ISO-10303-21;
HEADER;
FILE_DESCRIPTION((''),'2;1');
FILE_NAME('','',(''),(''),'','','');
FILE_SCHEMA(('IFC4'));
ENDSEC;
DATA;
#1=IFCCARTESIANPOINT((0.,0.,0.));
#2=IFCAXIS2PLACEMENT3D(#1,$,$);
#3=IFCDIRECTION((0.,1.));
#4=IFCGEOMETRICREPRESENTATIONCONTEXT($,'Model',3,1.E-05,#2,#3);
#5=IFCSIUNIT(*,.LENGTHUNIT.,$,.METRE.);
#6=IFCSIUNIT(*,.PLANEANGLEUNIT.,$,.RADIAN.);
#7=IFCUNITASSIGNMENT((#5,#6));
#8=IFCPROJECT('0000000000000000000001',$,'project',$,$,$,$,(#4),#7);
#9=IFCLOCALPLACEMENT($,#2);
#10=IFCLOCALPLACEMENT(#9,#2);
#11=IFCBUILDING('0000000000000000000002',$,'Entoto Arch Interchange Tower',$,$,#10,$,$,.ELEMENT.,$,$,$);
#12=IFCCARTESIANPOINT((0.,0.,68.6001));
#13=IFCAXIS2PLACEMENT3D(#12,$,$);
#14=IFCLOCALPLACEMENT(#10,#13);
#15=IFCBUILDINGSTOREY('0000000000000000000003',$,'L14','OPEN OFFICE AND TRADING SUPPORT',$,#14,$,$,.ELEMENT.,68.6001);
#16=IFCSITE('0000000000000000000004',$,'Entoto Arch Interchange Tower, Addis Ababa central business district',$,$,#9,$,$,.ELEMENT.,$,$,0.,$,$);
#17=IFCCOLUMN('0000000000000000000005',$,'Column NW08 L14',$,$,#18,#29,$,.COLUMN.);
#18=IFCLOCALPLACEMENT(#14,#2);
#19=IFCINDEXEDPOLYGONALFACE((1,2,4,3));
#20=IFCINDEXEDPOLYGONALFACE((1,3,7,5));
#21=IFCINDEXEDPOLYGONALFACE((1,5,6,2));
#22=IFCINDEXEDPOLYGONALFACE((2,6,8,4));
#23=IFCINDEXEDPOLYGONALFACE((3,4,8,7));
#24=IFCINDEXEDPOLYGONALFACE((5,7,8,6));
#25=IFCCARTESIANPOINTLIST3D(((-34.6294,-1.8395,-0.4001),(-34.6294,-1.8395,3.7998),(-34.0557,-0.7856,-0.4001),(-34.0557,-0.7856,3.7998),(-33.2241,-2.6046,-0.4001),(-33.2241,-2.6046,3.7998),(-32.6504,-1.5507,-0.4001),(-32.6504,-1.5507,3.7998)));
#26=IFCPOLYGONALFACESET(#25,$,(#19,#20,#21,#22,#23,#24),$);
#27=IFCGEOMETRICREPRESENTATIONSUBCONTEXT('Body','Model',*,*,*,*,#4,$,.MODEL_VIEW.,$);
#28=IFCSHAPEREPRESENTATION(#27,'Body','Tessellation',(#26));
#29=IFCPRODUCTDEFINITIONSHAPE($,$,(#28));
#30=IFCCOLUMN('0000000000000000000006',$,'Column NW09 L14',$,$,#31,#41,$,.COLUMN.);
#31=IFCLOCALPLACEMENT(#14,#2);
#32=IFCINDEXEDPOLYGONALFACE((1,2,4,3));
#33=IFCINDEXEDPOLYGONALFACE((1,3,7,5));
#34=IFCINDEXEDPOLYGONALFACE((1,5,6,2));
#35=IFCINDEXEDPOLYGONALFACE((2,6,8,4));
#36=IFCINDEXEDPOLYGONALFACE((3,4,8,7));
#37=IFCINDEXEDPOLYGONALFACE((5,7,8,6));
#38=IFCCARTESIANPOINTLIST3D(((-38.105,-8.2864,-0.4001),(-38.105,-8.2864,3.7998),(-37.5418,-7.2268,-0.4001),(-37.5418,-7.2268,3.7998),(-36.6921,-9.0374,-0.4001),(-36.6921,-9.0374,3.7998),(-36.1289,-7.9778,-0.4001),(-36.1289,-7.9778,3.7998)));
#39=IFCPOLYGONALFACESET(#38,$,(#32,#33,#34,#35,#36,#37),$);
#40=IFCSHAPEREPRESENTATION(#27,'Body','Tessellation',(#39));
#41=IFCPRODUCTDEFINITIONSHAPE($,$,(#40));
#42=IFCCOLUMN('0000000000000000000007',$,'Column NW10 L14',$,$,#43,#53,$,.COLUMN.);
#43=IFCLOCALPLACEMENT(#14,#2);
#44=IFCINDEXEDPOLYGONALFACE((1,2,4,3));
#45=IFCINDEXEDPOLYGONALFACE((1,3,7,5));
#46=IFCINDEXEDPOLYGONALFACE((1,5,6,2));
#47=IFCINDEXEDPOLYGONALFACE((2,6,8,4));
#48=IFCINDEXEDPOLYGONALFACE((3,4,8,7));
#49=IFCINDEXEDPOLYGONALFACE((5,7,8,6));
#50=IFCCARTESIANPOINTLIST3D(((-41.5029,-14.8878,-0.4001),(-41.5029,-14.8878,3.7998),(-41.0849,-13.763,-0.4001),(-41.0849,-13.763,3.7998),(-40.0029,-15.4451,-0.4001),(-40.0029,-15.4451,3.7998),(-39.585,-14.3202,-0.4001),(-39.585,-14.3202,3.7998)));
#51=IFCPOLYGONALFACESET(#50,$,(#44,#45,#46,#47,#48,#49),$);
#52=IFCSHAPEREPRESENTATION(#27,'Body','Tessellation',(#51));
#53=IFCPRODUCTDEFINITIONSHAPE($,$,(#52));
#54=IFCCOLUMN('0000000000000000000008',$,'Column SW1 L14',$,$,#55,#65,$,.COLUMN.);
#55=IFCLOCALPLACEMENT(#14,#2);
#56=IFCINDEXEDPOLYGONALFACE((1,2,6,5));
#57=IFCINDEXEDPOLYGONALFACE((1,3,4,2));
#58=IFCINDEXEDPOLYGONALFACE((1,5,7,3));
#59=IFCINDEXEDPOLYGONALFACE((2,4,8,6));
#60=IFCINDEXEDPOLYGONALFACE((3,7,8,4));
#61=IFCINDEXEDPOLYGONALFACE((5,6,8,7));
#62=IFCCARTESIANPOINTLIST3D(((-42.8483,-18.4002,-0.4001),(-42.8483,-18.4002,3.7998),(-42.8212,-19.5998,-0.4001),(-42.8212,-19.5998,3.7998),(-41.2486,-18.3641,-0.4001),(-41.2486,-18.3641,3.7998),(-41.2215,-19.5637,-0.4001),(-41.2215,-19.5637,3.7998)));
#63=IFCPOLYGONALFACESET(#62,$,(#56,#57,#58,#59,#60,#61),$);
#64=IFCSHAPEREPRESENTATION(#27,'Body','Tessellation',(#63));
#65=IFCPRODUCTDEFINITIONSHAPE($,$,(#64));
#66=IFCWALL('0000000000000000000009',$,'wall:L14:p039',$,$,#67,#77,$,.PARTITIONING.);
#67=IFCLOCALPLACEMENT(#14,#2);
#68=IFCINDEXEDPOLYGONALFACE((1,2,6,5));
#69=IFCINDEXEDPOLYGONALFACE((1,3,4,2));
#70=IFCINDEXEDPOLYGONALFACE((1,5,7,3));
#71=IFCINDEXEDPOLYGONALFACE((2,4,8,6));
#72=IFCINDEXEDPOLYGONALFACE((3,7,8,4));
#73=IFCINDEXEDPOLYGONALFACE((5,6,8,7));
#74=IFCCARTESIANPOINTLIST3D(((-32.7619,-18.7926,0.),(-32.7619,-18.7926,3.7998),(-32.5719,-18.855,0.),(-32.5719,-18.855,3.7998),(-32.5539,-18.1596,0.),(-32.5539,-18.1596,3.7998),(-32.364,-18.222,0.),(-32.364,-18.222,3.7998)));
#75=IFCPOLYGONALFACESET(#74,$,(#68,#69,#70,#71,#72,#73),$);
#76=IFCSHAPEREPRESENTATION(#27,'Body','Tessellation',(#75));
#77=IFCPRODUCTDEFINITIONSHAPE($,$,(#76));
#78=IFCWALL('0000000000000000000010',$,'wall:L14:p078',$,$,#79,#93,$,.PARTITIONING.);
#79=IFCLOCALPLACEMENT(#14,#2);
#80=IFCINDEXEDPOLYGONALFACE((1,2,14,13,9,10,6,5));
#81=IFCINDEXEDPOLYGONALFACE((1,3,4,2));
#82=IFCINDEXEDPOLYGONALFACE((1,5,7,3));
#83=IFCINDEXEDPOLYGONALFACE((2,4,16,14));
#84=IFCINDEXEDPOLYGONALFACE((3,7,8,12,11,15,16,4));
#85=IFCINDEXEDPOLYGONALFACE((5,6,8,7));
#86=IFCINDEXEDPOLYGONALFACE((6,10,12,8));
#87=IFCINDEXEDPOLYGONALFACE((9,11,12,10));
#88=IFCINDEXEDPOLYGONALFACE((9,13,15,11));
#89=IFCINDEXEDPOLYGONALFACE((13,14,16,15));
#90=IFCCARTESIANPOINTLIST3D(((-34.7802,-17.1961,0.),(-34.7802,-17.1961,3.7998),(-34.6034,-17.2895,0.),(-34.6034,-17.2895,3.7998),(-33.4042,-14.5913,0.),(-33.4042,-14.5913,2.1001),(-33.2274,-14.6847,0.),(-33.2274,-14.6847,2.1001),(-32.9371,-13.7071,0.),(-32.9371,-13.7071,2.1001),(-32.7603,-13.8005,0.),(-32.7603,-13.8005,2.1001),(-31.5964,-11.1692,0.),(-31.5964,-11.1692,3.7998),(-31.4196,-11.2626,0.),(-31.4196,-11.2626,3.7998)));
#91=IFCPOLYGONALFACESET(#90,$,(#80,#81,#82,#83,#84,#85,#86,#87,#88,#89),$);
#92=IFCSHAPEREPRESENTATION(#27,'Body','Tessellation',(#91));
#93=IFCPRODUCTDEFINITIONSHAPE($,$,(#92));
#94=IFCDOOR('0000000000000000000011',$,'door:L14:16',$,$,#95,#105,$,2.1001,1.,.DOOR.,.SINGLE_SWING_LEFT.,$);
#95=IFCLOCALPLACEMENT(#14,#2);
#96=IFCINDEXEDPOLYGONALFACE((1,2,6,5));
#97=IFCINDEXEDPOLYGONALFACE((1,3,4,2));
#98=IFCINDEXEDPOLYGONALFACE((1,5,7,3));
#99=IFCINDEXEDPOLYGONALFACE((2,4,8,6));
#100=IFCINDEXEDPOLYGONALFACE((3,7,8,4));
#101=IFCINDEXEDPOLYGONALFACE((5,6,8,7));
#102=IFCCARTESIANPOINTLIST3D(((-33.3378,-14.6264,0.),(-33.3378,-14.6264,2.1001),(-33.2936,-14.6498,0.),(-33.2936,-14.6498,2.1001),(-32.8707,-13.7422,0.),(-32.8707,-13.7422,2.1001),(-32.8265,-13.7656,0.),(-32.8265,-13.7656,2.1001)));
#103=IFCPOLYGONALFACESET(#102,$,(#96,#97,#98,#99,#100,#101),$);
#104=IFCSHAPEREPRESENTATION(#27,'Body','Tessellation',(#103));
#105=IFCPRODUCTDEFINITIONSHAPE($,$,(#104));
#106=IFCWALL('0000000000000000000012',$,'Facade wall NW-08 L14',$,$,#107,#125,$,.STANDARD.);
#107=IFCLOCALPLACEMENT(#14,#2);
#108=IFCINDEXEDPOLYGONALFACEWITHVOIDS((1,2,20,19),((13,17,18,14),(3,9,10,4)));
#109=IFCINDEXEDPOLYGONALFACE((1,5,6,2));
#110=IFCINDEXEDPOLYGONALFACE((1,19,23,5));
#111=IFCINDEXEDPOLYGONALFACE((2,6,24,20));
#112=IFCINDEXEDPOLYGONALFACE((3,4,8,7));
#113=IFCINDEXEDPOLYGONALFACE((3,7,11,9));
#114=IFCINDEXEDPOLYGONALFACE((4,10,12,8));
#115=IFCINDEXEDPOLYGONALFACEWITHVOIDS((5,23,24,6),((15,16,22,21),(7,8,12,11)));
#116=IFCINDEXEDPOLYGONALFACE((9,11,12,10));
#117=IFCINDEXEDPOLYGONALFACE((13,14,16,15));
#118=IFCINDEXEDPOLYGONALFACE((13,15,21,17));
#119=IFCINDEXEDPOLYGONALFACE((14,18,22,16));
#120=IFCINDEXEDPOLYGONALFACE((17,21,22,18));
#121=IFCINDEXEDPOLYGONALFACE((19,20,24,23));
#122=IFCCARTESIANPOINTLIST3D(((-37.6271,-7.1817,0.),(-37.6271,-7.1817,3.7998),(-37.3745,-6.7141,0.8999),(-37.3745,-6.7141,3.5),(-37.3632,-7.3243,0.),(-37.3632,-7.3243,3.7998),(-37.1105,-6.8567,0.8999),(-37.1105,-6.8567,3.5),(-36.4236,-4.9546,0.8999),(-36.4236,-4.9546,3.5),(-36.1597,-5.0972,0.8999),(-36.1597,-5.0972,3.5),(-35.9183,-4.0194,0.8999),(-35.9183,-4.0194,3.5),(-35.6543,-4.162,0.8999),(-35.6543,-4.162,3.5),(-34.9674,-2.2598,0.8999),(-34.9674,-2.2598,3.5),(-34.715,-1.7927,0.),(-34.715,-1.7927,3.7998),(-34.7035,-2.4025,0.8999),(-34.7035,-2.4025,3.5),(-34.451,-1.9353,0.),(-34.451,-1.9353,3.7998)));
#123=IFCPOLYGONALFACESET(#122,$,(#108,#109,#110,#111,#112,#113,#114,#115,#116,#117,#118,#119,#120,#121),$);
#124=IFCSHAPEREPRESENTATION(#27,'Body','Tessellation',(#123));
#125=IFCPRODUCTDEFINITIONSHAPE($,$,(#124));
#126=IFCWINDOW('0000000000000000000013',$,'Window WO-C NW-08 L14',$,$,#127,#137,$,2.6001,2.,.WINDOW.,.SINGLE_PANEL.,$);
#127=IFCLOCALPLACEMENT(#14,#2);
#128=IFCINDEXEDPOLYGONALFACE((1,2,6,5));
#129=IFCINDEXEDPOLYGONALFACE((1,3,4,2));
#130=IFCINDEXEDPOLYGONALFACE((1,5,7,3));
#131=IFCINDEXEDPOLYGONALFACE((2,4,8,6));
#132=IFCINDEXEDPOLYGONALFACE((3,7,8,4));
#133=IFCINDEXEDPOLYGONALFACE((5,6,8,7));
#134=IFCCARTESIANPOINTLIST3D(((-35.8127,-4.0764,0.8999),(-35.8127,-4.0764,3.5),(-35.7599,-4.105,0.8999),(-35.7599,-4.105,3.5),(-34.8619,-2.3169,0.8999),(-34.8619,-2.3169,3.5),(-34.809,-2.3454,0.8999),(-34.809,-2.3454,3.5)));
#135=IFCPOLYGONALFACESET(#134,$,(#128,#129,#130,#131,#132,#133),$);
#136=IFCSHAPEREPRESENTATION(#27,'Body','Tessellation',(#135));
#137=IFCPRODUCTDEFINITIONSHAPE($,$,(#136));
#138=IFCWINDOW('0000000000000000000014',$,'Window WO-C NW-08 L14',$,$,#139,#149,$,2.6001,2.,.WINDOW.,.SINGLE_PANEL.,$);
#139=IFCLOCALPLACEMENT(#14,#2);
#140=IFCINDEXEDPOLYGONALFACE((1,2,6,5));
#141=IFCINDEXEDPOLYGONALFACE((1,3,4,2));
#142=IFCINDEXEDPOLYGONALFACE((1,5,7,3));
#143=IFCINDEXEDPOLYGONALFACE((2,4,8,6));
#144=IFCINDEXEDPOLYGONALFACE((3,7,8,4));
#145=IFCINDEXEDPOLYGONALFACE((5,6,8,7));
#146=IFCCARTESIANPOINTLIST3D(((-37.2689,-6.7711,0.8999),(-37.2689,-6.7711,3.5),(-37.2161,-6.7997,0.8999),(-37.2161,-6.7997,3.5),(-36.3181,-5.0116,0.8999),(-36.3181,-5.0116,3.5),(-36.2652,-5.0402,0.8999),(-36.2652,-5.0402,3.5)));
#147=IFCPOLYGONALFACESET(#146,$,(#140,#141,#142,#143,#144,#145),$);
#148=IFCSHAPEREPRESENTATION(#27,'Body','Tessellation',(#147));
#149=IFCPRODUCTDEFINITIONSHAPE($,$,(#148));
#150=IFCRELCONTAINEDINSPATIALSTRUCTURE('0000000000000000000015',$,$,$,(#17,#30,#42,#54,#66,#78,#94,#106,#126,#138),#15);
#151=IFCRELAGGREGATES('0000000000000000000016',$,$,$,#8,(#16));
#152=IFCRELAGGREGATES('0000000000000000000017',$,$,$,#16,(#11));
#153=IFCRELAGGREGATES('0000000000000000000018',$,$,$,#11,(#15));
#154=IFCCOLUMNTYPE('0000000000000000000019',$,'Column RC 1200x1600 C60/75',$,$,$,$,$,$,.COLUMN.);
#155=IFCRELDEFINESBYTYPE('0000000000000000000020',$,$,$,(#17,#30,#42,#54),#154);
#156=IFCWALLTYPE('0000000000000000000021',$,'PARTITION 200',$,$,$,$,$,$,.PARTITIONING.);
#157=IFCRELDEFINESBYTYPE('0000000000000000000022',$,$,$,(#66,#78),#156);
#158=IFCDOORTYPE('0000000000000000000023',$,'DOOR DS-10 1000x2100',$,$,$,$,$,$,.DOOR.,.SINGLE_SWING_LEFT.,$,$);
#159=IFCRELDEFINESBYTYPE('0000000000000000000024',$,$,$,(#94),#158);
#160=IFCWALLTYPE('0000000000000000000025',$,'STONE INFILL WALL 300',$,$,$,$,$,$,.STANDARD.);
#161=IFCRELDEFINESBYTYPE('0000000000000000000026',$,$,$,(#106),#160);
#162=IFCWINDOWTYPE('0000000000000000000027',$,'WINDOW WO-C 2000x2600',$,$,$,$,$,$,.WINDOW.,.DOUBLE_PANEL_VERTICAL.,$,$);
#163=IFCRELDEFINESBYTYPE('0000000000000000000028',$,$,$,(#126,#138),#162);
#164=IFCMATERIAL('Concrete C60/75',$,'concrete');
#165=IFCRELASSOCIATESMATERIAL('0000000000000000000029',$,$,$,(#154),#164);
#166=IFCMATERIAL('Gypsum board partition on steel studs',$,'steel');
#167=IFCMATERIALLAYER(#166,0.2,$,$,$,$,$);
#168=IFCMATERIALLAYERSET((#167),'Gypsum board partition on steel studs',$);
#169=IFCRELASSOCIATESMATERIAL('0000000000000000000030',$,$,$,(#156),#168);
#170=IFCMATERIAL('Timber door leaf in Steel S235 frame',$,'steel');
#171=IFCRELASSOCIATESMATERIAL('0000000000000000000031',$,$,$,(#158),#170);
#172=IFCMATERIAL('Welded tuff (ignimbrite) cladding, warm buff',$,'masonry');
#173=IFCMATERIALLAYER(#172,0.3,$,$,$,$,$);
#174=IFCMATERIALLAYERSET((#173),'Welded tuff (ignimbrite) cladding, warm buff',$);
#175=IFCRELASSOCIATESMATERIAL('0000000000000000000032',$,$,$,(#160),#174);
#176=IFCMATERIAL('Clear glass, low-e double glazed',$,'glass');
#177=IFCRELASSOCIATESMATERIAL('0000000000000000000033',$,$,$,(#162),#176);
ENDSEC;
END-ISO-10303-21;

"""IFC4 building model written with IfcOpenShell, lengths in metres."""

from ifc_helpers import new_model, si_unit, direction, frame, frame_2d, origin, origin_2d, place, context, subcontext, project, spatial, rectangle, extrude, material, layer, layer_set, material_profile, profile_set, type_object, element, fill, save


model = new_model("IFC4")

# Units and contexts
model_context = context("Model", 3, precision=1e-05, world=origin(), true_north=direction((0.0, 1.0)))
body_context = subcontext(model_context, "Body", "Model", "MODEL_VIEW")
ifc_project = project(units=[si_unit("LENGTHUNIT", "METRE"), si_unit("PLANEANGLEUNIT", "RADIAN")], contexts=[model_context])

# Site, building, storey
site_placement = place(None, origin())
site = spatial("IfcSite", under=ifc_project, at=site_placement, Name="Entoto Arch Interchange Tower, Addis Ababa central business district", CompositionType="ELEMENT", RefElevation=0.0)
building_placement = place(site_placement, origin())
building = spatial("IfcBuilding", under=site, at=building_placement, Name="Entoto Arch Interchange Tower", CompositionType="ELEMENT")
storey_placement = place(building_placement, frame((0.0, 0.0, 68.6001)))
storey = spatial("IfcBuildingStorey", under=building, at=storey_placement, Name="L14", Description="OPEN OFFICE AND TRADING SUPPORT", CompositionType="ELEMENT", Elevation=68.6001)

# Columns
ifc_material_1 = material(Name="Concrete C60/75", Category="concrete")
ifc_material_profile = material_profile(ifc_material_1, rectangle(XDim=1.2, YDim=1.6001, at=origin_2d()))
ifc_profile_set = profile_set([ifc_material_profile], Name="Concrete C60/75")
column_type = type_object("IfcColumnType", Name="Column RC 1200x1600 C60/75", PredefinedType="COLUMN", material=ifc_profile_set)
for number, where, z_axis, x_axis, name in (
    (1, (-33.6399, -1.6951, -0.4001), (0.0, 0.0, 1.0), (0.47814, 0.878284, 0.0), "Column NW08 L14"),
    (2, (-37.1169, -8.1321, -0.4001), (0.0, 0.0, 1.0), (0.469317, 0.88303, 0.0), "Column NW09 L14"),
    (3, (-40.5439, -14.604, -0.4001), (0.0, 0.0, 1.0), (0.348278, 0.937391, 0.0), "Column NW10 L14"),
    (4, (-42.0349, -18.9819, -0.4001), (0.0, 0.0, 1.0), (-0.022565, 0.999745, 0.0), "Column SW1 L14"),
):
    element("IfcColumn", number, at=place(storey_placement, frame(where, z_axis=z_axis, x_axis=x_axis)), inside=storey, type_object=column_type, Name=name, PredefinedType="COLUMN", context=body_context, shape_type="SweptSolid", body=[
        extrude(rectangle(XDim=1.2, YDim=1.6001, at=origin_2d()), origin(), (0.0, 0.0, 1.0), 4.2),
    ])

# Wall
ifc_material_2 = material(Name="Gypsum board partition on steel studs", Category="steel")
ifc_layer_1 = layer(ifc_material_2, 0.2)
ifc_layer_set_1 = layer_set([ifc_layer_1], Name="Gypsum board partition on steel studs")
wall_type_1 = type_object("IfcWallType", Name="PARTITION 200", PredefinedType="PARTITIONING", material=ifc_layer_set_1)
wall_1_placement = place(storey_placement, frame((-32.459, -18.1909, 0.0), z_axis=(0.0, 0.0, 1.0), x_axis=(-0.312158, -0.95003, 0.0)))
element("IfcWall", 5, at=wall_1_placement, inside=storey, type_object=wall_type_1, Name="wall:L14:p039", PredefinedType="PARTITIONING", context=body_context, shape_type="SweptSolid", body=[
    extrude(rectangle(XDim=0.6663, YDim=0.2, at=frame_2d((0.333, 0.0))), origin(), (0.0, 0.0, 1.0), 3.7998),
])

# Wall, opening, door
wall_2_placement = place(storey_placement, frame((-34.6919, -17.2429, 0.0), z_axis=(0.0, 0.0, 1.0), x_axis=(0.467103, 0.884203, 0.0)))
wall_2 = element("IfcWall", 6, at=wall_2_placement, inside=storey, type_object=wall_type_1, Name="wall:L14:p078", PredefinedType="PARTITIONING", context=body_context, shape_type="SweptSolid", body=[
    extrude(rectangle(XDim=6.8162, YDim=0.2, at=frame_2d((3.4082, 0.0))), origin(), (0.0, 0.0, 1.0), 3.7998),
])
opening_1_placement = place(wall_2_placement, frame((2.946, 0.0, 0.0)))
opening_1 = element("IfcOpeningElement", 7, at=opening_1_placement, cuts=wall_2, PredefinedType="OPENING", context=body_context, shape_type="SweptSolid", body=[
    extrude(rectangle(XDim=1.0, YDim=2.1001, at=frame_2d((0.5, 1.05))), frame((0.0, 0.1099, 0.0), z_axis=(0.0, -1.0, 0.0), x_axis=(1.0, 0.0, 0.0)), (0.0, 0.0, 1.0), 0.22),
])
ifc_material_3 = material(Name="Timber door leaf in Steel S235 frame", Category="steel")
door_type = type_object("IfcDoorType", Name="DOOR DS-10 1000x2100", OperationType="SINGLE_SWING_LEFT", PredefinedType="DOOR", material=ifc_material_3)
door_placement = place(opening_1_placement, origin())
door = element("IfcDoor", 8, at=door_placement, inside=storey, type_object=door_type, Name="door:L14:16", OperationType="SINGLE_SWING_LEFT", OverallHeight=2.1001, OverallWidth=1.0, PredefinedType="DOOR", context=body_context, shape_type="SweptSolid", body=[
    extrude(rectangle(XDim=1.0, YDim=2.1001, at=frame_2d((0.5, 1.05))), frame((0.0, 0.0249, 0.0), z_axis=(0.0, -1.0, 0.0), x_axis=(1.0, 0.0, 0.0)), (0.0, 0.0, 1.0), 0.05),
])
fill(opening_1, door)

# Wall, openings, windows
ifc_material_4 = material(Name="Welded tuff (ignimbrite) cladding, warm buff", Category="masonry")
ifc_layer_2 = layer(ifc_material_4, 0.3)
ifc_layer_set_2 = layer_set([ifc_layer_2], Name="Welded tuff (ignimbrite) cladding, warm buff")
wall_type_2 = type_object("IfcWallType", Name="STONE INFILL WALL 300", PredefinedType="STANDARD", material=ifc_layer_set_2)
wall_3_placement = place(storey_placement, frame((-34.583, -1.864, 0.0), z_axis=(0.0, 0.0, 1.0), x_axis=(-0.475414, -0.879762, 0.0)))
wall_3 = element("IfcWall", 9, at=wall_3_placement, inside=storey, type_object=wall_type_2, Name="Facade wall NW-08 L14", PredefinedType="STANDARD", context=body_context, shape_type="SweptSolid", body=[
    extrude(rectangle(XDim=6.1255, YDim=0.3, at=frame_2d((3.0627, 0.0))), origin(), (0.0, 0.0, 1.0), 3.7998),
])
opening_2_placement = place(wall_3_placement, frame((0.531, 0.0, 0.8999)))
opening_2 = element("IfcOpeningElement", 10, at=opening_2_placement, cuts=wall_3, PredefinedType="OPENING", context=body_context, shape_type="SweptSolid", body=[
    extrude(rectangle(XDim=2.0, YDim=2.6001, at=frame_2d((1.0, 1.3))), frame((0.0, 0.1602, 0.0), z_axis=(0.0, -1.0, 0.0), x_axis=(1.0, 0.0, 0.0)), (0.0, 0.0, 1.0), 0.3201),
])
opening_3_placement = place(wall_3_placement, frame((3.594, 0.0, 0.8999)))
opening_3 = element("IfcOpeningElement", 11, at=opening_3_placement, cuts=wall_3, PredefinedType="OPENING", context=body_context, shape_type="SweptSolid", body=[
    extrude(rectangle(XDim=2.0, YDim=2.6001, at=frame_2d((1.0, 1.3))), frame((0.0, 0.1602, 0.0), z_axis=(0.0, -1.0, 0.0), x_axis=(1.0, 0.0, 0.0)), (0.0, 0.0, 1.0), 0.3201),
])
ifc_material_5 = material(Name="Clear glass, low-e double glazed", Category="glass")
window_type_1 = type_object("IfcWindowType", Name="WINDOW WO-C 2000x2600", PartitioningType="DOUBLE_PANEL_VERTICAL", PredefinedType="WINDOW", material=ifc_material_5)
window_1_placement = place(opening_2_placement, origin())
window_1 = element("IfcWindow", 12, at=window_1_placement, inside=storey, type_object=window_type_1, Name="Window WO-C NW-08 L14", OverallHeight=2.6001, OverallWidth=2.0, PartitioningType="SINGLE_PANEL", PredefinedType="WINDOW", context=body_context, shape_type="SweptSolid", body=[
    extrude(rectangle(XDim=2.0, YDim=2.6001, at=frame_2d((1.0, 1.3))), frame((0.0, 0.03, 0.0), z_axis=(0.0, -1.0, 0.0), x_axis=(1.0, 0.0, 0.0)), (0.0, 0.0, 1.0), 0.0601),
])
fill(opening_2, window_1)
window_2_placement = place(opening_3_placement, origin())
window_2 = element("IfcWindow", 13, at=window_2_placement, inside=storey, type_object=window_type_1, Name="Window WO-C NW-08 L14", OverallHeight=2.6001, OverallWidth=2.0, PartitioningType="SINGLE_PANEL", PredefinedType="WINDOW", context=body_context, shape_type="SweptSolid", body=[
    extrude(rectangle(XDim=2.0, YDim=2.6001, at=frame_2d((1.0, 1.3))), frame((0.0, 0.03, 0.0), z_axis=(0.0, -1.0, 0.0), x_axis=(1.0, 0.0, 0.0)), (0.0, 0.0, 1.0), 0.0601),
])
fill(opening_3, window_2)

save(model, "model.ifc")
